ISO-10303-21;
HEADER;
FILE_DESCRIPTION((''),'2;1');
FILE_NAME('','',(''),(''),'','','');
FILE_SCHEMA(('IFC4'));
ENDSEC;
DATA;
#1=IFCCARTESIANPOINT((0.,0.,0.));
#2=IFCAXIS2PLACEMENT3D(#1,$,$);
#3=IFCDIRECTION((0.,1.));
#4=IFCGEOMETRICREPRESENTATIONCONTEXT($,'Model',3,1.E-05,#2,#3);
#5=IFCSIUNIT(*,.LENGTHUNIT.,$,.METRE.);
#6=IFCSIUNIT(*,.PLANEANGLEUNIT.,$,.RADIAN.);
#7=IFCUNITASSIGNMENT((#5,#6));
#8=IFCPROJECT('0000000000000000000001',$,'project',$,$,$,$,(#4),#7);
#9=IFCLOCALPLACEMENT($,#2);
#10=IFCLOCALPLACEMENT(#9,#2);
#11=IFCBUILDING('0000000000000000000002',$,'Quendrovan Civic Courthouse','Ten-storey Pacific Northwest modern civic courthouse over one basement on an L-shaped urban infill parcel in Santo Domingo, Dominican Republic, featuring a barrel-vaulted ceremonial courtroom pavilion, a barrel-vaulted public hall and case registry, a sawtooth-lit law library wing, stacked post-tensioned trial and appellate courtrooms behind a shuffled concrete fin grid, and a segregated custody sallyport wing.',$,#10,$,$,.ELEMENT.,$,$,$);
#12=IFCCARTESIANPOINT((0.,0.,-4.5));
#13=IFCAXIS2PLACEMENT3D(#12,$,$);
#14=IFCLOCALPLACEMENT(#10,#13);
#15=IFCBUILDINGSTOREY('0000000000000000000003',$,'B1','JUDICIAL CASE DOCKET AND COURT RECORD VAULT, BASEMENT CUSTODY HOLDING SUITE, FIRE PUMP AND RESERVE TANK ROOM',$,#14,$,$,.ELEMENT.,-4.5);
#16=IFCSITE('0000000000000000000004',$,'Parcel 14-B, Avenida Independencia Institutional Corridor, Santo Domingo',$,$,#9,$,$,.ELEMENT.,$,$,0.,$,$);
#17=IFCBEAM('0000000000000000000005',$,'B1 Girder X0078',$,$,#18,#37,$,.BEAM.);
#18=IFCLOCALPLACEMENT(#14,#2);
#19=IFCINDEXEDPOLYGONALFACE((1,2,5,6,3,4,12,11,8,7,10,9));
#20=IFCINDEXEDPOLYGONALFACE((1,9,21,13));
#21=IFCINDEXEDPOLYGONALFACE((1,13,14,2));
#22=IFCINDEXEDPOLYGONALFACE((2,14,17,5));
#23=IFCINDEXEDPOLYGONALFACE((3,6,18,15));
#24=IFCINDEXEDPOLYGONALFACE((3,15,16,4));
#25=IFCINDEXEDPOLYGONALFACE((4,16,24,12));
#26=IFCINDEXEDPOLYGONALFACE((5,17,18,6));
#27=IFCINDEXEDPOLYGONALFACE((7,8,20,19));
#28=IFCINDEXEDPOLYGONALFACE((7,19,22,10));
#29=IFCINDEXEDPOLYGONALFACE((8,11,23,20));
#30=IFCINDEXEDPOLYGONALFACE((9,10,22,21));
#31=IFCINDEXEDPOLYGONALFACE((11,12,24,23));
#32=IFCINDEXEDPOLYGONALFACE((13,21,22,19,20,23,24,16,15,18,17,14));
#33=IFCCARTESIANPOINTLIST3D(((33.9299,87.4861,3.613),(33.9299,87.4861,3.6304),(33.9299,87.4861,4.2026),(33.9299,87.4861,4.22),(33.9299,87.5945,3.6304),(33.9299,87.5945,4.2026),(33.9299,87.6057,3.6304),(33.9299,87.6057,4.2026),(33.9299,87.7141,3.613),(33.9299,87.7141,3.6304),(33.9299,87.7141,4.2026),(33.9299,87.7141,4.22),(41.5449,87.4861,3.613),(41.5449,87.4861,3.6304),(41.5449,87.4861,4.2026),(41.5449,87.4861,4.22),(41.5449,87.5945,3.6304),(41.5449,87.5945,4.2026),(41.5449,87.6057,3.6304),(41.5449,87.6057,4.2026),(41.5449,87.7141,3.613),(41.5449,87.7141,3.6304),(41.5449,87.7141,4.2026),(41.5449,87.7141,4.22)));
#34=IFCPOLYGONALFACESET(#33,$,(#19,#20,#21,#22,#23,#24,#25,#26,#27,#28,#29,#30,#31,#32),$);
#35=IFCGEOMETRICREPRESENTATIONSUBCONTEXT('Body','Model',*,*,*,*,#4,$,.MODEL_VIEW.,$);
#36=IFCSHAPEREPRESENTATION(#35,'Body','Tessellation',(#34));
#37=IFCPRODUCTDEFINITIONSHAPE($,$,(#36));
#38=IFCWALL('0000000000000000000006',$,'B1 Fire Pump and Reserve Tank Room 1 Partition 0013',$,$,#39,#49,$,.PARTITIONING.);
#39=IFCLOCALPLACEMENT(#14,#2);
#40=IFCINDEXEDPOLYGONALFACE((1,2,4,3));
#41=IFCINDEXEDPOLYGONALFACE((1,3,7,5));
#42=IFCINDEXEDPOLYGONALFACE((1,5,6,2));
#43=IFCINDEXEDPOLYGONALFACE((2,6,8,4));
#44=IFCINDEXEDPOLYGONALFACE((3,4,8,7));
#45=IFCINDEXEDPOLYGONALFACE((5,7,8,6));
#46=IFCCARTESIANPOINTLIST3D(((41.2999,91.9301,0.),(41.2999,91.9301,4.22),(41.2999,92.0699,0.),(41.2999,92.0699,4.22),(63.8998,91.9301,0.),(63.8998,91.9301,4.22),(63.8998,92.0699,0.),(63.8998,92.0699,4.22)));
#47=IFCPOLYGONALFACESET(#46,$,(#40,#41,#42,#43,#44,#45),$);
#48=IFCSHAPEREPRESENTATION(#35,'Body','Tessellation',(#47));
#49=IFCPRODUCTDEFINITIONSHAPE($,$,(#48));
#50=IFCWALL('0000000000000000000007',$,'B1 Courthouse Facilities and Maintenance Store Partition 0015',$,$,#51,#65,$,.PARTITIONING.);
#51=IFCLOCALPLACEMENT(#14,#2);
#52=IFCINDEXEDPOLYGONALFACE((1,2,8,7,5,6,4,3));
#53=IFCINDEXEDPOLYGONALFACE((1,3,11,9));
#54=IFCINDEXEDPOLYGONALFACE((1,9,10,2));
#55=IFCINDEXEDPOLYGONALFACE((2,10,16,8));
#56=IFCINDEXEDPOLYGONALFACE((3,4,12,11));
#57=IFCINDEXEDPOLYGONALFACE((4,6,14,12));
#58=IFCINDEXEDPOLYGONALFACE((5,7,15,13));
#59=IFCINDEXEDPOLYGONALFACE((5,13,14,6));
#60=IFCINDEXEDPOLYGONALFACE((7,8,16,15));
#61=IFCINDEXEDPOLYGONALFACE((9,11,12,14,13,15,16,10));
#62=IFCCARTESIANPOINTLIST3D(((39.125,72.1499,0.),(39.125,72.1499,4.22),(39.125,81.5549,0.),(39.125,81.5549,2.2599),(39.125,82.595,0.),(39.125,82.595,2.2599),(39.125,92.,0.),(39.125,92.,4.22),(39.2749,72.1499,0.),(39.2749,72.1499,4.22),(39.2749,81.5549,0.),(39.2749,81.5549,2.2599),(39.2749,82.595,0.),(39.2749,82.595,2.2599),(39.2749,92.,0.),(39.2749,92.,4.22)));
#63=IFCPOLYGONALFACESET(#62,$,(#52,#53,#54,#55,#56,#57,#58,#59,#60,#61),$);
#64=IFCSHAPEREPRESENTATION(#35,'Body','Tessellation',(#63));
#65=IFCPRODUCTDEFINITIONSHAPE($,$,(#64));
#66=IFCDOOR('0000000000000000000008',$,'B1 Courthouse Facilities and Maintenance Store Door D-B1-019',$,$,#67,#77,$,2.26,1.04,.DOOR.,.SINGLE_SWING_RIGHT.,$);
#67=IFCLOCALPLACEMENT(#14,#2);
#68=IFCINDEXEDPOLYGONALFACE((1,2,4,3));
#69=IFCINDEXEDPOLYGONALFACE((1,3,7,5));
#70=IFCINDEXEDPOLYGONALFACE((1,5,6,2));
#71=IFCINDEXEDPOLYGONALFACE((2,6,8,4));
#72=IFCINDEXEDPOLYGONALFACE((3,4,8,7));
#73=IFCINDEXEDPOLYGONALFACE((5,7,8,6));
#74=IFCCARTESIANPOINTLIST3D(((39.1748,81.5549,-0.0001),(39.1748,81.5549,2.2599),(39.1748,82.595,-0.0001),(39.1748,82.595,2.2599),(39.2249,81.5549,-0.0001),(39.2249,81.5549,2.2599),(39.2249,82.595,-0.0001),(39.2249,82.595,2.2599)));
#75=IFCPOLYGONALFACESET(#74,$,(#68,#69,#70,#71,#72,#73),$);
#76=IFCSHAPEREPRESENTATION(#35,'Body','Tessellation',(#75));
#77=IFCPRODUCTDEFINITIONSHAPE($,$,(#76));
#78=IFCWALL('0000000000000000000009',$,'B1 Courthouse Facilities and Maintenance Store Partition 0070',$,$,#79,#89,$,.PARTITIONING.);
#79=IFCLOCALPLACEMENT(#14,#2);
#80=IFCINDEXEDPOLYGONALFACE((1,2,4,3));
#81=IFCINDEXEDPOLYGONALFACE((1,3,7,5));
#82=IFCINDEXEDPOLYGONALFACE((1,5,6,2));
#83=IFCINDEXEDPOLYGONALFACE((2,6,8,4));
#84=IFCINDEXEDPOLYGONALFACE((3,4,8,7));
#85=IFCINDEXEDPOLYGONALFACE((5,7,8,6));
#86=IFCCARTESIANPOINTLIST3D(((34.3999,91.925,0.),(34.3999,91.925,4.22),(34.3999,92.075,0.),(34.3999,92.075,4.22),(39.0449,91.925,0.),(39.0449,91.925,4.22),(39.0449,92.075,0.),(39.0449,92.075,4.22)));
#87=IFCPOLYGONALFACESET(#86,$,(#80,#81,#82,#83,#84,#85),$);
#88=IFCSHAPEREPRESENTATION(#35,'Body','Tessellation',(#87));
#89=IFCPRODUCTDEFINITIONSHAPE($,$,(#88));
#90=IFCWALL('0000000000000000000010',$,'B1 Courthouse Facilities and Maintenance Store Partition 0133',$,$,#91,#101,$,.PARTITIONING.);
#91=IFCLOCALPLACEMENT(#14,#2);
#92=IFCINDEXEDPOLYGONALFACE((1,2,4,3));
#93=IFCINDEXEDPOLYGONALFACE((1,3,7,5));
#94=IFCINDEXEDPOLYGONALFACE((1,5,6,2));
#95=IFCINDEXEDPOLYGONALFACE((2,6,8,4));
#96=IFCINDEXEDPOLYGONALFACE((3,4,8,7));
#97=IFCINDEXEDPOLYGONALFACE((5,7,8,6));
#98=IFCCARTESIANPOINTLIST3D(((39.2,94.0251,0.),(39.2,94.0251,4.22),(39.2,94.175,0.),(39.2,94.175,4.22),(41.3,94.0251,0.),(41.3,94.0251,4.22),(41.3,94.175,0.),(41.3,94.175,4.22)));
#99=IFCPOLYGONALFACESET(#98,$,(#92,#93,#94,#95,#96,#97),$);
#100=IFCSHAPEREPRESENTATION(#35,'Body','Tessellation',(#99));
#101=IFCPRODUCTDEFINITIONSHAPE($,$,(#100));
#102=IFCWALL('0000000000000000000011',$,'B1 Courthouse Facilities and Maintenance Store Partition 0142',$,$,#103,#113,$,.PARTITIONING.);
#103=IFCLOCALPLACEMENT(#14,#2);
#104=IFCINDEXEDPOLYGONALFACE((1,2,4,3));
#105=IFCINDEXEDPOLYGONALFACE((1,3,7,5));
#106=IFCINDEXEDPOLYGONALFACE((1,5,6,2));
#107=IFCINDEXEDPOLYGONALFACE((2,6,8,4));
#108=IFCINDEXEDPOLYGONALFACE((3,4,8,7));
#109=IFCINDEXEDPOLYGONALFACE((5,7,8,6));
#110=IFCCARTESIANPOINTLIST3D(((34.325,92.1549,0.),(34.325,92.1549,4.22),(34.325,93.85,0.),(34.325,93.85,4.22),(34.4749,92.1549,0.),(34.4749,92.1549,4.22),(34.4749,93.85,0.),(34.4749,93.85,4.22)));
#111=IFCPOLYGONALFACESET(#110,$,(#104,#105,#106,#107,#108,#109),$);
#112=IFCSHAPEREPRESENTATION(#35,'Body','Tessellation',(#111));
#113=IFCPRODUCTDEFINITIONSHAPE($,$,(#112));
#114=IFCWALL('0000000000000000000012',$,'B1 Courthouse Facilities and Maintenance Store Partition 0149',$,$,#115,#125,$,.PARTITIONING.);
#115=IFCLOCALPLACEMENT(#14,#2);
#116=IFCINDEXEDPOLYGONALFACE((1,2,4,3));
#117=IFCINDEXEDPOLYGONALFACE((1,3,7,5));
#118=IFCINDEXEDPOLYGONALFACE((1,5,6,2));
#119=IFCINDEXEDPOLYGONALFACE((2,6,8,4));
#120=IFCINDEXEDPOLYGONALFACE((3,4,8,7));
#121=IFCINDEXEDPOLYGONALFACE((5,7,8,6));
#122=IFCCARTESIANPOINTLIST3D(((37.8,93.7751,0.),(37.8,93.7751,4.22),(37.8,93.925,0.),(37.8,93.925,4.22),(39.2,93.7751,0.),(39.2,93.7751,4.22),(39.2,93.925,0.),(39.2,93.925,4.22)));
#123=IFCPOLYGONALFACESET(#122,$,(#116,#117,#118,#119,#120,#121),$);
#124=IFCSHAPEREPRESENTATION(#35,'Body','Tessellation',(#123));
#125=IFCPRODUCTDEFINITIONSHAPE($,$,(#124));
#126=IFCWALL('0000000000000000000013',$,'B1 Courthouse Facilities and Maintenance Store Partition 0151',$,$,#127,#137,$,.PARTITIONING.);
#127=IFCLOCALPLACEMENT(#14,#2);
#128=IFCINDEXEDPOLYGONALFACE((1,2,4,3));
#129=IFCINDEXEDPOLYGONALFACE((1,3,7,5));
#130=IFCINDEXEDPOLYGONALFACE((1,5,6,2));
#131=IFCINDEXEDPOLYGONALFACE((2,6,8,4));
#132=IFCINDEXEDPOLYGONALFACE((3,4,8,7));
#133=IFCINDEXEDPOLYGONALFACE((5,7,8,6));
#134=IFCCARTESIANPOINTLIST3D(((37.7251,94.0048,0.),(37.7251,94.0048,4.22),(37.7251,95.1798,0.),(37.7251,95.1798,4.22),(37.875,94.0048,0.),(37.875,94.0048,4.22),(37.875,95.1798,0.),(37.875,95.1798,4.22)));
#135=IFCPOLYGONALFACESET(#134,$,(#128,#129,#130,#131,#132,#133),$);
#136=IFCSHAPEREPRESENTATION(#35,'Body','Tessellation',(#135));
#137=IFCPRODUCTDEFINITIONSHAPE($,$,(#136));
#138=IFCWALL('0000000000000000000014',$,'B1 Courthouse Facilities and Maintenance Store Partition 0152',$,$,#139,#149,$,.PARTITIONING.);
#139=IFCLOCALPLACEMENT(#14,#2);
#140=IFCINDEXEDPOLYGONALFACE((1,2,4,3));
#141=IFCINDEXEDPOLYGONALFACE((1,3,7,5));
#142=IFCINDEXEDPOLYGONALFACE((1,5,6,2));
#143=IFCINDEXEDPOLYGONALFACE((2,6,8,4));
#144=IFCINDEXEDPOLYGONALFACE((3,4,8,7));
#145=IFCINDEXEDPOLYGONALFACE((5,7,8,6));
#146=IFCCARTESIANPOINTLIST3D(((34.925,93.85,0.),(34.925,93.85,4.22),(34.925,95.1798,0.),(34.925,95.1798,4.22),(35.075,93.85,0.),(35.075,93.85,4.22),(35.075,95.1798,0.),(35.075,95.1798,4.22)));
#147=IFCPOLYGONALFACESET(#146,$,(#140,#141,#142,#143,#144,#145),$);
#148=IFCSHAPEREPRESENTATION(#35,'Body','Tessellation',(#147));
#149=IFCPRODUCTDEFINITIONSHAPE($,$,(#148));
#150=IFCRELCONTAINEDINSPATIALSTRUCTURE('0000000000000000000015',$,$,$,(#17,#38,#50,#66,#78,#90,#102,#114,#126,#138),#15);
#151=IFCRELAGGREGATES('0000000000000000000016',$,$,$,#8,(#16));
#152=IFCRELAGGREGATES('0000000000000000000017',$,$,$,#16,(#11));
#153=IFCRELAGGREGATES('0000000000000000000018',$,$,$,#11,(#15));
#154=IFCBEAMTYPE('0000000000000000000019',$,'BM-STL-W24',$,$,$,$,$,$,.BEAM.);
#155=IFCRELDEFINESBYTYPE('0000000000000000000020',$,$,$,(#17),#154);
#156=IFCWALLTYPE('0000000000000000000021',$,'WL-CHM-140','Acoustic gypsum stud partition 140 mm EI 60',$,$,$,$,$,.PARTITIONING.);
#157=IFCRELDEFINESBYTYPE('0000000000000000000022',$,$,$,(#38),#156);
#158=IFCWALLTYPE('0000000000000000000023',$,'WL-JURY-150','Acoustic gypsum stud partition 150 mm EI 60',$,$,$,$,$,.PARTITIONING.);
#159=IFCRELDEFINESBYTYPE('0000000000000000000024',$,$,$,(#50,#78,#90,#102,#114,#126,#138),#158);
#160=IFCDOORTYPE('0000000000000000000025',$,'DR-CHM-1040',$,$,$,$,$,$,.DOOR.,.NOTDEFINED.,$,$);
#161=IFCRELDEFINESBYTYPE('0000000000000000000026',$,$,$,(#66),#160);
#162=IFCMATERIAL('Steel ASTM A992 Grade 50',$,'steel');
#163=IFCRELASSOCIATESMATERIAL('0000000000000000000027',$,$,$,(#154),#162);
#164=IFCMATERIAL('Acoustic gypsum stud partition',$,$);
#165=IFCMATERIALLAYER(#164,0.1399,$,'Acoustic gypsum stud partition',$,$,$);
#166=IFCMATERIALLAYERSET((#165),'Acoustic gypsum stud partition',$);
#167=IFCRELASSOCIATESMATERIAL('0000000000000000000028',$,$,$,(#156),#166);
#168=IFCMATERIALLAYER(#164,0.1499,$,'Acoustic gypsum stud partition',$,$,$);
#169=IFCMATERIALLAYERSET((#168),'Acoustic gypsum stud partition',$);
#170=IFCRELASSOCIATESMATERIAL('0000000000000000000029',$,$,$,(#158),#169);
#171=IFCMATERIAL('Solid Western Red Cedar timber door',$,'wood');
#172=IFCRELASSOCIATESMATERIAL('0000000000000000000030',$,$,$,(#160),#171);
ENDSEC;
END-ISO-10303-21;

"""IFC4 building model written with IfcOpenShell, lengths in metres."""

from ifc_helpers import new_model, si_unit, direction, frame, frame_2d, origin, origin_2d, place, context, subcontext, project, spatial, rectangle, i_section, extrude, material, layer, layer_set, material_profile, profile_set, type_object, element, fill, save


model = new_model("IFC4")

# Units and contexts
model_context = context("Model", 3, precision=1e-05, world=origin(), true_north=direction((0.0, 1.0)))
body_context = subcontext(model_context, "Body", "Model", "MODEL_VIEW")
ifc_project = project(units=[si_unit("LENGTHUNIT", "METRE"), si_unit("PLANEANGLEUNIT", "RADIAN")], contexts=[model_context])

# Site, building, storey
site_placement = place(None, origin())
site = spatial("IfcSite", under=ifc_project, at=site_placement, Name="Parcel 14-B, Avenida Independencia Institutional Corridor, Santo Domingo", CompositionType="ELEMENT", RefElevation=0.0)
building_placement = place(site_placement, origin())
building = spatial("IfcBuilding", under=site, at=building_placement, Name="Quendrovan Civic Courthouse", Description="Ten-storey Pacific Northwest modern civic courthouse over one basement on an L-shaped urban infill parcel in Santo Domingo, Dominican Republic, featuring a barrel-vaulted ceremonial courtroom pavilion, a barrel-vaulted public hall and case registry, a sawtooth-lit law library wing, stacked post-tensioned trial and appellate courtrooms behind a shuffled concrete fin grid, and a segregated custody sallyport wing.", CompositionType="ELEMENT")
storey_placement = place(building_placement, frame((0.0, 0.0, -4.5)))
storey = spatial("IfcBuildingStorey", under=building, at=storey_placement, Name="B1", Description="JUDICIAL CASE DOCKET AND COURT RECORD VAULT, BASEMENT CUSTODY HOLDING SUITE, FIRE PUMP AND RESERVE TANK ROOM", CompositionType="ELEMENT", Elevation=-4.5)

# Beam
ifc_material_1 = material(Name="Steel ASTM A992 Grade 50", Category="steel")
ifc_material_profile_1 = material_profile(ifc_material_1, i_section(OverallWidth=0.228, OverallDepth=0.6069, WebThickness=0.0112, FlangeThickness=0.0173, at=origin_2d()), Name="W24X76")
ifc_profile_set_1 = profile_set([ifc_material_profile_1], Name="Steel ASTM A992 Grade 50")
beam_type_1 = type_object("IfcBeamType", Name="BM-STL-W24", PredefinedType="BEAM", material=ifc_profile_set_1)
beam_1_placement = place(storey_placement, frame((33.9299, 87.6001, 3.9165), z_axis=(1.0, 0.0, 0.0), x_axis=(0.0, 1.0, 0.0)))
element("IfcBeam", 1, at=beam_1_placement, inside=storey, type_object=beam_type_1, Name="B1 Girder X0078", PredefinedType="BEAM", context=body_context, shape_type="SweptSolid", body=[
    extrude(i_section(OverallWidth=0.228, OverallDepth=0.6069, WebThickness=0.0112, FlangeThickness=0.0173, at=origin_2d()), origin(), (0.0, 0.0, 1.0), 7.615),
])

# Wall
ifc_material_2 = material(Name="Acoustic gypsum stud partition")
ifc_layer_1 = layer(ifc_material_2, 0.1399, Name="Acoustic gypsum stud partition")
ifc_layer_set_1 = layer_set([ifc_layer_1], Name="Acoustic gypsum stud partition")
wall_type_1 = type_object("IfcWallType", Name="WL-CHM-140", Description="Acoustic gypsum stud partition 140 mm EI 60", PredefinedType="PARTITIONING", material=ifc_layer_set_1)
wall_1_placement = place(storey_placement, frame((41.3, 92.0, 0.0), z_axis=(0.0, 0.0, 1.0), x_axis=(1.0, 0.0, 0.0)))
element("IfcWall", 2, at=wall_1_placement, inside=storey, type_object=wall_type_1, Name="B1 Fire Pump and Reserve Tank Room 1 Partition 0013", PredefinedType="PARTITIONING", context=body_context, shape_type="SweptSolid", body=[
    extrude(rectangle(XDim=22.5999, YDim=0.1399, at=frame_2d((11.2998, 0.0))), origin(), (0.0, 0.0, 1.0), 4.22),
])

# Wall, opening, door
ifc_layer_2 = layer(ifc_material_2, 0.1499, Name="Acoustic gypsum stud partition")
ifc_layer_set_2 = layer_set([ifc_layer_2], Name="Acoustic gypsum stud partition")
wall_type_2 = type_object("IfcWallType", Name="WL-JURY-150", Description="Acoustic gypsum stud partition 150 mm EI 60", PredefinedType="PARTITIONING", material=ifc_layer_set_2)
wall_2_placement = place(storey_placement, frame((39.2, 92.0, 0.0), z_axis=(0.0, 0.0, 1.0), x_axis=(0.0, -1.0, 0.0)))
wall_2 = element("IfcWall", 3, at=wall_2_placement, inside=storey, type_object=wall_type_2, Name="B1 Courthouse Facilities and Maintenance Store Partition 0015", PredefinedType="PARTITIONING", context=body_context, shape_type="SweptSolid", body=[
    extrude(rectangle(XDim=19.8501, YDim=0.1499, at=frame_2d((9.925, 0.0))), origin(), (0.0, 0.0, 1.0), 4.22),
])
opening_placement = place(wall_2_placement, frame((9.405, 0.0, 0.0)))
opening = element("IfcOpeningElement", 4, at=opening_placement, cuts=wall_2, PredefinedType="OPENING", context=body_context, shape_type="SweptSolid", body=[
    extrude(rectangle(XDim=1.04, YDim=2.26, at=frame_2d((0.52, 1.1299))), frame((0.0, 0.085, 0.0), z_axis=(0.0, -1.0, 0.0), x_axis=(1.0, 0.0, 0.0)), (0.0, 0.0, 1.0), 0.1699),
])
ifc_material_3 = material(Name="Solid Western Red Cedar timber door", Category="wood")
door_type = type_object("IfcDoorType", Name="DR-CHM-1040", OperationType="NOTDEFINED", PredefinedType="DOOR", material=ifc_material_3)
door_placement = place(opening_placement, origin())
door = element("IfcDoor", 5, at=door_placement, inside=storey, type_object=door_type, Name="B1 Courthouse Facilities and Maintenance Store Door D-B1-019", OperationType="SINGLE_SWING_RIGHT", OverallHeight=2.26, OverallWidth=1.04, PredefinedType="DOOR", context=body_context, shape_type="SweptSolid", body=[
    extrude(rectangle(XDim=1.04, YDim=2.26, at=frame_2d((0.52, 1.1299))), frame((0.0, 0.0249, 0.0), z_axis=(0.0, -1.0, 0.0), x_axis=(1.0, 0.0, 0.0)), (0.0, 0.0, 1.0), 0.05),
])
fill(opening, door)

# Walls
wall_3_placement = place(storey_placement, frame((34.3999, 92.0, 0.0), z_axis=(0.0, 0.0, 1.0), x_axis=(1.0, 0.0, 0.0)))
element("IfcWall", 6, at=wall_3_placement, inside=storey, type_object=wall_type_2, Name="B1 Courthouse Facilities and Maintenance Store Partition 0070", PredefinedType="PARTITIONING", context=body_context, shape_type="SweptSolid", body=[
    extrude(rectangle(XDim=4.645, YDim=0.1499, at=frame_2d((2.3225, 0.0))), origin(), (0.0, 0.0, 1.0), 4.22),
])
wall_4_placement = place(storey_placement, frame((41.3, 94.1001, 0.0), z_axis=(0.0, 0.0, 1.0), x_axis=(-1.0, 0.0, 0.0)))
element("IfcWall", 7, at=wall_4_placement, inside=storey, type_object=wall_type_2, Name="B1 Courthouse Facilities and Maintenance Store Partition 0133", PredefinedType="PARTITIONING", context=body_context, shape_type="SweptSolid", body=[
    extrude(rectangle(XDim=2.1001, YDim=0.1499, at=frame_2d((1.05, 0.0))), origin(), (0.0, 0.0, 1.0), 4.22),
])
wall_5_placement = place(storey_placement, frame((34.3999, 93.8501, 0.0), z_axis=(0.0, 0.0, 1.0), x_axis=(0.0, -1.0, 0.0)))
element("IfcWall", 8, at=wall_5_placement, inside=storey, type_object=wall_type_2, Name="B1 Courthouse Facilities and Maintenance Store Partition 0142", PredefinedType="PARTITIONING", context=body_context, shape_type="SweptSolid", body=[
    extrude(rectangle(XDim=1.6951, YDim=0.1499, at=frame_2d((0.8477, 0.0))), origin(), (0.0, 0.0, 1.0), 4.22),
])
wall_6_placement = place(storey_placement, frame((39.2, 93.8501, 0.0), z_axis=(0.0, 0.0, 1.0), x_axis=(-1.0, 0.0, 0.0)))
element("IfcWall", 9, at=wall_6_placement, inside=storey, type_object=wall_type_2, Name="B1 Courthouse Facilities and Maintenance Store Partition 0149", PredefinedType="PARTITIONING", context=body_context, shape_type="SweptSolid", body=[
    extrude(rectangle(XDim=1.3999, YDim=0.1499, at=frame_2d((0.7, 0.0))), origin(), (0.0, 0.0, 1.0), 4.22),
])
wall_7_placement = place(storey_placement, frame((37.8, 94.0049, 0.0), z_axis=(0.0, 0.0, 1.0), x_axis=(0.0, 1.0, 0.0)))
element("IfcWall", 10, at=wall_7_placement, inside=storey, type_object=wall_type_2, Name="B1 Courthouse Facilities and Maintenance Store Partition 0151", PredefinedType="PARTITIONING", context=body_context, shape_type="SweptSolid", body=[
    extrude(rectangle(XDim=1.175, YDim=0.1499, at=frame_2d((0.5874, 0.0))), origin(), (0.0, 0.0, 1.0), 4.22),
])
wall_8_placement = place(storey_placement, frame((35.0, 95.1799, 0.0), z_axis=(0.0, 0.0, 1.0), x_axis=(0.0, -1.0, 0.0)))
element("IfcWall", 11, at=wall_8_placement, inside=storey, type_object=wall_type_2, Name="B1 Courthouse Facilities and Maintenance Store Partition 0152", PredefinedType="PARTITIONING", context=body_context, shape_type="SweptSolid", body=[
    extrude(rectangle(XDim=1.3298, YDim=0.1499, at=frame_2d((0.665, 0.0))), origin(), (0.0, 0.0, 1.0), 4.22),
])

save(model, "model.ifc")
